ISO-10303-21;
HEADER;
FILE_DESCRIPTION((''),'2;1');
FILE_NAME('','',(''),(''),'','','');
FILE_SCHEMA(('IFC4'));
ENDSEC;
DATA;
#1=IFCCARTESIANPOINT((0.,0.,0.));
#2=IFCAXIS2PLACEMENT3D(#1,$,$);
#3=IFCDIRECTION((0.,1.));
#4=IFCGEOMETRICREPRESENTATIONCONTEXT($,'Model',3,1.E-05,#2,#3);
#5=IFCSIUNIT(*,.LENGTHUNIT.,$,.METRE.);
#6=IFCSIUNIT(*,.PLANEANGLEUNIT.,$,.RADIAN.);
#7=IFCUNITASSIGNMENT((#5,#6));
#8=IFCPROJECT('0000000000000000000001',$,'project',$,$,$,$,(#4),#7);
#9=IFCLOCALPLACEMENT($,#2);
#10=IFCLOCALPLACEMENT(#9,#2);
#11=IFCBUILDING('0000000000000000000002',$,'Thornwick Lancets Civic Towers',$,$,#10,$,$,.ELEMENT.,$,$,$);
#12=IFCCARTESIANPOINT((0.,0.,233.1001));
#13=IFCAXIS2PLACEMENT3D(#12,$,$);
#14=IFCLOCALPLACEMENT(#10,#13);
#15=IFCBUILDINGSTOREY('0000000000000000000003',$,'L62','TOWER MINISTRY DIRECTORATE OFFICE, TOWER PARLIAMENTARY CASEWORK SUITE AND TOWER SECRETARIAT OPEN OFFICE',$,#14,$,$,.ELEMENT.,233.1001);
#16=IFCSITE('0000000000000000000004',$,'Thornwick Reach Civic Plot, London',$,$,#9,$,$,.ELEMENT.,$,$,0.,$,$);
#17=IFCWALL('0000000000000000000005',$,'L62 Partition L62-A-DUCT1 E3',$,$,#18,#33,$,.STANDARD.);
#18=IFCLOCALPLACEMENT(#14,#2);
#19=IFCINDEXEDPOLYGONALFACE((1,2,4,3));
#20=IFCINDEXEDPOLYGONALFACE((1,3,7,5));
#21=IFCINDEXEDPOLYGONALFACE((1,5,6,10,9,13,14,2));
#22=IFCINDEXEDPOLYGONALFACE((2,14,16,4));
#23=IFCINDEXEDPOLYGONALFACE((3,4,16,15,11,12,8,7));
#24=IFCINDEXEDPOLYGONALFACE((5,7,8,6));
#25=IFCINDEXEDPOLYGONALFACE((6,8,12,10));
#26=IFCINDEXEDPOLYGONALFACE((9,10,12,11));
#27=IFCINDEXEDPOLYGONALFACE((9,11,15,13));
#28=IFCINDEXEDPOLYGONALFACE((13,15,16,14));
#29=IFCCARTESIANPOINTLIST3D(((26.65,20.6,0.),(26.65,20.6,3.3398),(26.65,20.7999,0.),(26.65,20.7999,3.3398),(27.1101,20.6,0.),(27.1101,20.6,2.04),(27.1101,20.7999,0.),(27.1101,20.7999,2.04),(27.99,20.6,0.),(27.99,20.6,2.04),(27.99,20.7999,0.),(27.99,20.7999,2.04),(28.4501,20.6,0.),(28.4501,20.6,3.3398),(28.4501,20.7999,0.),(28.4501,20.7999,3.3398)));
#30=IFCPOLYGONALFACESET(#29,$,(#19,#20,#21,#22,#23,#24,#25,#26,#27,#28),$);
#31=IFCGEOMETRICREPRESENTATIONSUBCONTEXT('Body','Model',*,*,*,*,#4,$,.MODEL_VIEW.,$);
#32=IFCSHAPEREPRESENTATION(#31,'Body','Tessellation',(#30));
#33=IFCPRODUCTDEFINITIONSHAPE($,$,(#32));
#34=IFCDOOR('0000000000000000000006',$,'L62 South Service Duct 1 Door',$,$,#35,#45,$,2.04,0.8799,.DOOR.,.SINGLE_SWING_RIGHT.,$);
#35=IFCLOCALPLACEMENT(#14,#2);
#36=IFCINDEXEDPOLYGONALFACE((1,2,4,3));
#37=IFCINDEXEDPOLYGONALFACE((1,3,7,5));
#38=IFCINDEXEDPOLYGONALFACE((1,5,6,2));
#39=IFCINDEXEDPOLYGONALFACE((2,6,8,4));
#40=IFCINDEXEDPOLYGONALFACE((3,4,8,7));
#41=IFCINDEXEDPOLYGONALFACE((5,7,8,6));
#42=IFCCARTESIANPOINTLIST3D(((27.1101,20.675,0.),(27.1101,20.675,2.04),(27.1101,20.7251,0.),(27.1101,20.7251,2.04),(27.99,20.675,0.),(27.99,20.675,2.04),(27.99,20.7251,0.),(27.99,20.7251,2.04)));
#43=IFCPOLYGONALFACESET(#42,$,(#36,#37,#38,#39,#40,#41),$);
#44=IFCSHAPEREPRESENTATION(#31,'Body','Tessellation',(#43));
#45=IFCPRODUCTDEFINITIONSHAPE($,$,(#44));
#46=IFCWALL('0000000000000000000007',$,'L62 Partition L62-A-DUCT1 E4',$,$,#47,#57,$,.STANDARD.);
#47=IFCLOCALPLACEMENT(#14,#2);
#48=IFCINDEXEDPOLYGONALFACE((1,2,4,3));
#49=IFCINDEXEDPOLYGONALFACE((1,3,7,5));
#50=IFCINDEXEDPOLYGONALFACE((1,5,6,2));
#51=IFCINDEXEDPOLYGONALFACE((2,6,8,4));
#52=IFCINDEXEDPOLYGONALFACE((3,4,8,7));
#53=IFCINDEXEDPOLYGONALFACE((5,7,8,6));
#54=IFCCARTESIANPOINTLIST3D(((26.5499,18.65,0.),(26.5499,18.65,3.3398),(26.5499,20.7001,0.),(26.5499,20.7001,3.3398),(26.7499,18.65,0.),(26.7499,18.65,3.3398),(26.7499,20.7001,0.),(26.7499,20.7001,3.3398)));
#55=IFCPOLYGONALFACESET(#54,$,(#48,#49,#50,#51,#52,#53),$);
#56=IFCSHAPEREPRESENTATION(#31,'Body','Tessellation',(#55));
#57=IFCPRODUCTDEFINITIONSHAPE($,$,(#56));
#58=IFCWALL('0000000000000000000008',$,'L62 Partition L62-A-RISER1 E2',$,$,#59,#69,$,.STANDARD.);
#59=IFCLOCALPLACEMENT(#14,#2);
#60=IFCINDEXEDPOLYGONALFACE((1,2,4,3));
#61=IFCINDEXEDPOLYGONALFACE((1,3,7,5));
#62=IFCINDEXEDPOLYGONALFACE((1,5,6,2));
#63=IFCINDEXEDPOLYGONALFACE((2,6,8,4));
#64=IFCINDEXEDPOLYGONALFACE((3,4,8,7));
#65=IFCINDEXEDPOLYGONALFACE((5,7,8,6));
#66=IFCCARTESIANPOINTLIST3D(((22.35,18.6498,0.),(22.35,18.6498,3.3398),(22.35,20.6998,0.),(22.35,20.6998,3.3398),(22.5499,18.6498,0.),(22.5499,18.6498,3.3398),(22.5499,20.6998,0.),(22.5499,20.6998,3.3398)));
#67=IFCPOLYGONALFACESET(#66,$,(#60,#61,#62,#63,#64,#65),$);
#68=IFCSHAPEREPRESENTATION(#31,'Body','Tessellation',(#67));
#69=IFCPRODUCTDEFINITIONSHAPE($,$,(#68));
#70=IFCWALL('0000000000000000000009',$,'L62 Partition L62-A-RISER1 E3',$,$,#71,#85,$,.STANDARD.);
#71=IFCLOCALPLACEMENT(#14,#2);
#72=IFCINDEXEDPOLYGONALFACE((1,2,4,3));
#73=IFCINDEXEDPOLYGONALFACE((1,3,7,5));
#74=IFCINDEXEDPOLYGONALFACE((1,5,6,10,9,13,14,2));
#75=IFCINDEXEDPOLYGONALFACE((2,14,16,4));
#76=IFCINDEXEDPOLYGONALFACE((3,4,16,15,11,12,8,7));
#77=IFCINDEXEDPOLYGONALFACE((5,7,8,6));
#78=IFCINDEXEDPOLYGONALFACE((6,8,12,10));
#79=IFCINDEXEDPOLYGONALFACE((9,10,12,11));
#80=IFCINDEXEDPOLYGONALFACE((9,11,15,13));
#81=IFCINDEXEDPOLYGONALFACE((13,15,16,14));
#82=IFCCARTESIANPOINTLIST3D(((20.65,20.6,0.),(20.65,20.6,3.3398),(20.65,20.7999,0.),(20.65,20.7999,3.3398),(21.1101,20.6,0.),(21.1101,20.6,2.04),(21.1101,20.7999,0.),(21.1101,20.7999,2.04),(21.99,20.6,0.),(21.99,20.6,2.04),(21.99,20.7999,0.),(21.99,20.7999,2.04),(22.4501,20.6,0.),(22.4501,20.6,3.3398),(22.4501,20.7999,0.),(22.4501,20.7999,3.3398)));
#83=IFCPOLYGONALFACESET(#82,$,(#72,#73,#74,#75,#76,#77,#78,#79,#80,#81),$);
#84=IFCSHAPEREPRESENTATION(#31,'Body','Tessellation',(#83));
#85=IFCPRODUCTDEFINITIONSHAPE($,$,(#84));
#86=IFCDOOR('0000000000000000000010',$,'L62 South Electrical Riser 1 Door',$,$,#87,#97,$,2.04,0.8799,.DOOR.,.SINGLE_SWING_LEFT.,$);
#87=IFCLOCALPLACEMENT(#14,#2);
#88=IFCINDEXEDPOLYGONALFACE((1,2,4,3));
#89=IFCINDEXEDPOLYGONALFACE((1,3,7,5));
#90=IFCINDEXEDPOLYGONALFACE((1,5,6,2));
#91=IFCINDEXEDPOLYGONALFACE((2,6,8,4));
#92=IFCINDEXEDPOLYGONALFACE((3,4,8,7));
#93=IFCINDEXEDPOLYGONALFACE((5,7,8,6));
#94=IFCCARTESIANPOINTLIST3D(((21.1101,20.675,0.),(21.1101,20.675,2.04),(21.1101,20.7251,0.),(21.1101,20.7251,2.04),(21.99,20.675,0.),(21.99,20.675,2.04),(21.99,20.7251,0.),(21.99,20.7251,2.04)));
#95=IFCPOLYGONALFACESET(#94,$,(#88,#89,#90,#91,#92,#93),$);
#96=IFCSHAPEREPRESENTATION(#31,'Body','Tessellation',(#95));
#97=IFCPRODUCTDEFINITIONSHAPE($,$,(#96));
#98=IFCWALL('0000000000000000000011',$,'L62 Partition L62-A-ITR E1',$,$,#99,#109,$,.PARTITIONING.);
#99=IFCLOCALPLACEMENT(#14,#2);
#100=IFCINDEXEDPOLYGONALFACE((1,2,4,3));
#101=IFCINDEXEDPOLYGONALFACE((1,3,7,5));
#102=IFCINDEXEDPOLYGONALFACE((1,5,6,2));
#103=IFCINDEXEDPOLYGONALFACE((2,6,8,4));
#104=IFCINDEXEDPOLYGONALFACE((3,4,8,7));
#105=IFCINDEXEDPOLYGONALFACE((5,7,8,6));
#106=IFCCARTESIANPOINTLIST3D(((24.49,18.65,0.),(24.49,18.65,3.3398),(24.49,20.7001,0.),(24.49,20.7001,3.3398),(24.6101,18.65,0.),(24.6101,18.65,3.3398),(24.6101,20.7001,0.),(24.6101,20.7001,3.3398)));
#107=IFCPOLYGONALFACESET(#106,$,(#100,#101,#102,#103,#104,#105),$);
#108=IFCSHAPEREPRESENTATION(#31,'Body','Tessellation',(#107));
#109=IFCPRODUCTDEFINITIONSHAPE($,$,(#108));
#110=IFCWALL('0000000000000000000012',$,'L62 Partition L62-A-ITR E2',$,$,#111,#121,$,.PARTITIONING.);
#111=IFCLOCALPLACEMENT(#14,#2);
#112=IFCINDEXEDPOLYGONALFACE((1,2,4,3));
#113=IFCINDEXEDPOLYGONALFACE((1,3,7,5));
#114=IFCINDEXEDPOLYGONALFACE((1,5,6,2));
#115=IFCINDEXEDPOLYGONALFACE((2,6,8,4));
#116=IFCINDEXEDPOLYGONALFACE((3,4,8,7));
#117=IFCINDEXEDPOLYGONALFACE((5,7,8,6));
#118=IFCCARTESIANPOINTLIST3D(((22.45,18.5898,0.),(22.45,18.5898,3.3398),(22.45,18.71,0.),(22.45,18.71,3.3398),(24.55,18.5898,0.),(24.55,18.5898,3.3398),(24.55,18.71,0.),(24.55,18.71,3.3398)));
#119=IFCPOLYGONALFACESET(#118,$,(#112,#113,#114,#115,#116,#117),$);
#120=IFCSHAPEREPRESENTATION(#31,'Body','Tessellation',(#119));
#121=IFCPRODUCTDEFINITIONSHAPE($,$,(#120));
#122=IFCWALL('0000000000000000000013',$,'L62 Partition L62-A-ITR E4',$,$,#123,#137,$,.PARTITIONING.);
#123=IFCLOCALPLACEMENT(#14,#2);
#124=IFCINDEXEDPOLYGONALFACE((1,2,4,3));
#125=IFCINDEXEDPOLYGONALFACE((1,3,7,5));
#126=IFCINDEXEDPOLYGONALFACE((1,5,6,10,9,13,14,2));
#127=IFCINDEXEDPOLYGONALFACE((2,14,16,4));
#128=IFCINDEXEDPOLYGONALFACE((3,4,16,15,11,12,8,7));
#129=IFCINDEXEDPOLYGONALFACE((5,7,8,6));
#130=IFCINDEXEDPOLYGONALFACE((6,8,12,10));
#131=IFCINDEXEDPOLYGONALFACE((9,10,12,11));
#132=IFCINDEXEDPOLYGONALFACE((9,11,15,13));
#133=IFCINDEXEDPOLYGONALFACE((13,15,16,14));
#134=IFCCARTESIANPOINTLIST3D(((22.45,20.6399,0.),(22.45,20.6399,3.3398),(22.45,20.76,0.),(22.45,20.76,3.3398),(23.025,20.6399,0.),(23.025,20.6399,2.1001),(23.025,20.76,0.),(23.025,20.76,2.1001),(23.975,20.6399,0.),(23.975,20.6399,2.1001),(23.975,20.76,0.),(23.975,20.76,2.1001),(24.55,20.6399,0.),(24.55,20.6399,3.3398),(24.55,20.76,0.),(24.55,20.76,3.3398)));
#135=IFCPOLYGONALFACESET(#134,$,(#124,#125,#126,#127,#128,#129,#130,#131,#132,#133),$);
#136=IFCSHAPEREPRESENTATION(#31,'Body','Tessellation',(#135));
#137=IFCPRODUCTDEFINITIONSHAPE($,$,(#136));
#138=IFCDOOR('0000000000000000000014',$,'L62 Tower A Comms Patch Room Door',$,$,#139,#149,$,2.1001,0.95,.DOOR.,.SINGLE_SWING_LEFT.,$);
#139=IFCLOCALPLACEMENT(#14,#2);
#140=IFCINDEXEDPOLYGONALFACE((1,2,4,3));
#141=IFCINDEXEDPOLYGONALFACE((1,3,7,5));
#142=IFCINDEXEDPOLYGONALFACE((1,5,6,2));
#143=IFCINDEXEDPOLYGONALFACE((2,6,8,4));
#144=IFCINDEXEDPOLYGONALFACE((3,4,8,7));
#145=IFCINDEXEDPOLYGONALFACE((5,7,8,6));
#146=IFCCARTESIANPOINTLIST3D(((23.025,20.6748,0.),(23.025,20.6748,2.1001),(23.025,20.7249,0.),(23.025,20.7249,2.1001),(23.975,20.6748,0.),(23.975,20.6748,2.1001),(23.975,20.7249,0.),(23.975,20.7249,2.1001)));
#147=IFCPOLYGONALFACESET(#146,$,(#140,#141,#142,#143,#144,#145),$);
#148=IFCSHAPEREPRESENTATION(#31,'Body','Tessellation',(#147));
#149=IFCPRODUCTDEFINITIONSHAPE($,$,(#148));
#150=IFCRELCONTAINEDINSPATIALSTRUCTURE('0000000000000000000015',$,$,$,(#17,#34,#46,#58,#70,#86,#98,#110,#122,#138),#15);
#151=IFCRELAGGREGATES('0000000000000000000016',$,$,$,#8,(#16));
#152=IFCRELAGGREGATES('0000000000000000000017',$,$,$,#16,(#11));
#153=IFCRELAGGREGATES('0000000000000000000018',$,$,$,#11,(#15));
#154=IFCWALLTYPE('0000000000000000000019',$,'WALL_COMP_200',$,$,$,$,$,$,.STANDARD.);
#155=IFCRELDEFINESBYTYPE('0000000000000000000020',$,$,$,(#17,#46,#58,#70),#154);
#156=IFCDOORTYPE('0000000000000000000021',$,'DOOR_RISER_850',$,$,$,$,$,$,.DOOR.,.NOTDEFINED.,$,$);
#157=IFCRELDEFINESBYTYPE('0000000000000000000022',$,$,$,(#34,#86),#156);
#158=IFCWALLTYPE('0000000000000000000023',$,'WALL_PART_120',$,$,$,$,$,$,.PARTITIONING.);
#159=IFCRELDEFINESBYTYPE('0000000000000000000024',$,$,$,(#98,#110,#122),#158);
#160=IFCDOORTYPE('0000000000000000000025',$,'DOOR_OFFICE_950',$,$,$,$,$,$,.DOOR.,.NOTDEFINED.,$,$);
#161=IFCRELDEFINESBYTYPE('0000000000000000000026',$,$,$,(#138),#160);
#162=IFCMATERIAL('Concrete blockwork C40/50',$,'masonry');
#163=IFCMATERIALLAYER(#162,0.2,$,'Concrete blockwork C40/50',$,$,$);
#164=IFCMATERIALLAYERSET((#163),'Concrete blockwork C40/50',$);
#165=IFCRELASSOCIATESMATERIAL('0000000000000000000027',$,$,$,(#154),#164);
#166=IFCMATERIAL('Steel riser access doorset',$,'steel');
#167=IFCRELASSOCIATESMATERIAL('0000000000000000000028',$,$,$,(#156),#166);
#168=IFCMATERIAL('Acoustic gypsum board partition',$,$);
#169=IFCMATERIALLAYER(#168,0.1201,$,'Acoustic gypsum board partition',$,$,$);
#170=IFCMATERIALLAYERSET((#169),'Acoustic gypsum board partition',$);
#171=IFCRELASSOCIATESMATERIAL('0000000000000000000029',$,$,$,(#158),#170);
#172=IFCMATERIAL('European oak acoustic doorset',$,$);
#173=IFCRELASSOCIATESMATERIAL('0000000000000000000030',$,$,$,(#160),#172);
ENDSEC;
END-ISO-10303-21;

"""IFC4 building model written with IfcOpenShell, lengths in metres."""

from ifc_helpers import new_model, si_unit, direction, frame, frame_2d, origin, place, context, subcontext, project, spatial, rectangle, extrude, material, layer, layer_set, type_object, element, fill, save


model = new_model("IFC4")

# Units and contexts
model_context = context("Model", 3, precision=1e-05, world=origin(), true_north=direction((0.0, 1.0)))
body_context = subcontext(model_context, "Body", "Model", "MODEL_VIEW")
ifc_project = project(units=[si_unit("LENGTHUNIT", "METRE"), si_unit("PLANEANGLEUNIT", "RADIAN")], contexts=[model_context])

# Site, building, storey
site_placement = place(None, origin())
site = spatial("IfcSite", under=ifc_project, at=site_placement, Name="Thornwick Reach Civic Plot, London", CompositionType="ELEMENT", RefElevation=0.0)
building_placement = place(site_placement, origin())
building = spatial("IfcBuilding", under=site, at=building_placement, Name="Thornwick Lancets Civic Towers", CompositionType="ELEMENT")
storey_placement = place(building_placement, frame((0.0, 0.0, 233.1001)))
storey = spatial("IfcBuildingStorey", under=building, at=storey_placement, Name="L62", Description="TOWER MINISTRY DIRECTORATE OFFICE, TOWER PARLIAMENTARY CASEWORK SUITE AND TOWER SECRETARIAT OPEN OFFICE", CompositionType="ELEMENT", Elevation=233.1001)

# Shared definitions
ifc_material_1 = material(Name="Concrete blockwork C40/50", Category="masonry")
ifc_layer_1 = layer(ifc_material_1, 0.2, Name="Concrete blockwork C40/50")
ifc_layer_set_1 = layer_set([ifc_layer_1], Name="Concrete blockwork C40/50")
wall_type_1 = type_object("IfcWallType", Name="WALL_COMP_200", PredefinedType="STANDARD", material=ifc_layer_set_1)

# Wall, opening, door
wall_1_placement = place(storey_placement, frame((28.45, 20.7, 0.0), z_axis=(0.0, 0.0, 1.0), x_axis=(-1.0, 0.0, 0.0)))
wall_1 = element("IfcWall", 1, at=wall_1_placement, inside=storey, type_object=wall_type_1, Name="L62 Partition L62-A-DUCT1 E3", PredefinedType="STANDARD", context=body_context, shape_type="SweptSolid", body=[
    extrude(rectangle(XDim=1.8, YDim=0.2, at=frame_2d((0.8999, 0.0))), origin(), (0.0, 0.0, 1.0), 3.3398),
])
opening_1_placement = place(wall_1_placement, frame((0.46, 0.0, 0.0)))
opening_1 = element("IfcOpeningElement", 2, at=opening_1_placement, cuts=wall_1, PredefinedType="OPENING", context=body_context, shape_type="SweptSolid", body=[
    extrude(rectangle(XDim=0.8799, YDim=2.04, at=frame_2d((0.4399, 1.02))), frame((0.0, 0.1099, 0.0), z_axis=(0.0, -1.0, 0.0), x_axis=(1.0, 0.0, 0.0)), (0.0, 0.0, 1.0), 0.22),
])
ifc_material_2 = material(Name="Steel riser access doorset", Category="steel")
door_type_1 = type_object("IfcDoorType", Name="DOOR_RISER_850", OperationType="NOTDEFINED", PredefinedType="DOOR", material=ifc_material_2)
door_1_placement = place(opening_1_placement, origin())
door_1 = element("IfcDoor", 3, at=door_1_placement, inside=storey, type_object=door_type_1, Name="L62 South Service Duct 1 Door", OperationType="SINGLE_SWING_RIGHT", OverallHeight=2.04, OverallWidth=0.8799, PredefinedType="DOOR", context=body_context, shape_type="SweptSolid", body=[
    extrude(rectangle(XDim=0.8799, YDim=2.04, at=frame_2d((0.4399, 1.02))), frame((0.0, 0.0249, 0.0), z_axis=(0.0, -1.0, 0.0), x_axis=(1.0, 0.0, 0.0)), (0.0, 0.0, 1.0), 0.05),
])
fill(opening_1, door_1)

# Walls
for number, where, z_axis, x_axis, name in (
    (4, (26.6499, 20.7, 0.0), (0.0, 0.0, 1.0), (0.0, -1.0, 0.0), "L62 Partition L62-A-DUCT1 E4"),
    (5, (22.45, 18.6499, 0.0), (0.0, 0.0, 1.0), (0.0, 1.0, 0.0), "L62 Partition L62-A-RISER1 E2"),
):
    element("IfcWall", number, at=place(storey_placement, frame(where, z_axis=z_axis, x_axis=x_axis)), inside=storey, type_object=wall_type_1, Name=name, PredefinedType="STANDARD", context=body_context, shape_type="SweptSolid", body=[
        extrude(rectangle(XDim=2.05, YDim=0.2, at=frame_2d((1.0249, 0.0))), origin(), (0.0, 0.0, 1.0), 3.3398),
    ])

# Wall, opening, door
wall_2_placement = place(storey_placement, frame((22.45, 20.7, 0.0), z_axis=(0.0, 0.0, 1.0), x_axis=(-1.0, 0.0, 0.0)))
wall_2 = element("IfcWall", 6, at=wall_2_placement, inside=storey, type_object=wall_type_1, Name="L62 Partition L62-A-RISER1 E3", PredefinedType="STANDARD", context=body_context, shape_type="SweptSolid", body=[
    extrude(rectangle(XDim=1.8, YDim=0.2, at=frame_2d((0.8999, 0.0))), origin(), (0.0, 0.0, 1.0), 3.3398),
])
opening_2_placement = place(wall_2_placement, frame((0.46, 0.0, 0.0)))
opening_2 = element("IfcOpeningElement", 7, at=opening_2_placement, cuts=wall_2, PredefinedType="OPENING", context=body_context, shape_type="SweptSolid", body=[
    extrude(rectangle(XDim=0.8799, YDim=2.04, at=frame_2d((0.4399, 1.02))), frame((0.0, 0.1099, 0.0), z_axis=(0.0, -1.0, 0.0), x_axis=(1.0, 0.0, 0.0)), (0.0, 0.0, 1.0), 0.22),
])
door_2_placement = place(opening_2_placement, origin())
door_2 = element("IfcDoor", 8, at=door_2_placement, inside=storey, type_object=door_type_1, Name="L62 South Electrical Riser 1 Door", OperationType="SINGLE_SWING_LEFT", OverallHeight=2.04, OverallWidth=0.8799, PredefinedType="DOOR", context=body_context, shape_type="SweptSolid", body=[
    extrude(rectangle(XDim=0.8799, YDim=2.04, at=frame_2d((0.4399, 1.02))), frame((0.0, 0.0249, 0.0), z_axis=(0.0, -1.0, 0.0), x_axis=(1.0, 0.0, 0.0)), (0.0, 0.0, 1.0), 0.05),
])
fill(opening_2, door_2)

# Walls
ifc_material_3 = material(Name="Acoustic gypsum board partition")
ifc_layer_2 = layer(ifc_material_3, 0.1201, Name="Acoustic gypsum board partition")
ifc_layer_set_2 = layer_set([ifc_layer_2], Name="Acoustic gypsum board partition")
wall_type_2 = type_object("IfcWallType", Name="WALL_PART_120", PredefinedType="PARTITIONING", material=ifc_layer_set_2)
wall_3_placement = place(storey_placement, frame((24.55, 20.7, 0.0), z_axis=(0.0, 0.0, 1.0), x_axis=(0.0, -1.0, 0.0)))
element("IfcWall", 9, at=wall_3_placement, inside=storey, type_object=wall_type_2, Name="L62 Partition L62-A-ITR E1", PredefinedType="PARTITIONING", context=body_context, shape_type="SweptSolid", body=[
    extrude(rectangle(XDim=2.05, YDim=0.1201, at=frame_2d((1.0249, 0.0))), origin(), (0.0, 0.0, 1.0), 3.3398),
])
wall_4_placement = place(storey_placement, frame((24.55, 18.6499, 0.0), z_axis=(0.0, 0.0, 1.0), x_axis=(-1.0, 0.0, 0.0)))
element("IfcWall", 10, at=wall_4_placement, inside=storey, type_object=wall_type_2, Name="L62 Partition L62-A-ITR E2", PredefinedType="PARTITIONING", context=body_context, shape_type="SweptSolid", body=[
    extrude(rectangle(XDim=2.1001, YDim=0.1201, at=frame_2d((1.05, 0.0))), origin(), (0.0, 0.0, 1.0), 3.3398),
])

# Wall, opening, door
wall_5_placement = place(storey_placement, frame((22.45, 20.7, 0.0), z_axis=(0.0, 0.0, 1.0), x_axis=(1.0, 0.0, 0.0)))
wall_5 = element("IfcWall", 11, at=wall_5_placement, inside=storey, type_object=wall_type_2, Name="L62 Partition L62-A-ITR E4", PredefinedType="PARTITIONING", context=body_context, shape_type="SweptSolid", body=[
    extrude(rectangle(XDim=2.1001, YDim=0.1201, at=frame_2d((1.05, 0.0))), origin(), (0.0, 0.0, 1.0), 3.3398),
])
opening_3_placement = place(wall_5_placement, frame((0.575, 0.0, 0.0)))
opening_3 = element("IfcOpeningElement", 12, at=opening_3_placement, cuts=wall_5, PredefinedType="OPENING", context=body_context, shape_type="SweptSolid", body=[
    extrude(rectangle(XDim=0.95, YDim=2.1001, at=frame_2d((0.4751, 1.05))), frame((0.0, 0.0701, 0.0), z_axis=(0.0, -1.0, 0.0), x_axis=(1.0, 0.0, 0.0)), (0.0, 0.0, 1.0), 0.1401),
])
ifc_material_4 = material(Name="European oak acoustic doorset")
door_type_2 = type_object("IfcDoorType", Name="DOOR_OFFICE_950", OperationType="NOTDEFINED", PredefinedType="DOOR", material=ifc_material_4)
door_3_placement = place(opening_3_placement, origin())
door_3 = element("IfcDoor", 13, at=door_3_placement, inside=storey, type_object=door_type_2, Name="L62 Tower A Comms Patch Room Door", OperationType="SINGLE_SWING_LEFT", OverallHeight=2.1001, OverallWidth=0.95, PredefinedType="DOOR", context=body_context, shape_type="SweptSolid", body=[
    extrude(rectangle(XDim=0.95, YDim=2.1001, at=frame_2d((0.4751, 1.05))), frame((0.0, 0.0249, 0.0), z_axis=(0.0, -1.0, 0.0), x_axis=(1.0, 0.0, 0.0)), (0.0, 0.0, 1.0), 0.05),
])
fill(opening_3, door_3)

save(model, "model.ifc")
